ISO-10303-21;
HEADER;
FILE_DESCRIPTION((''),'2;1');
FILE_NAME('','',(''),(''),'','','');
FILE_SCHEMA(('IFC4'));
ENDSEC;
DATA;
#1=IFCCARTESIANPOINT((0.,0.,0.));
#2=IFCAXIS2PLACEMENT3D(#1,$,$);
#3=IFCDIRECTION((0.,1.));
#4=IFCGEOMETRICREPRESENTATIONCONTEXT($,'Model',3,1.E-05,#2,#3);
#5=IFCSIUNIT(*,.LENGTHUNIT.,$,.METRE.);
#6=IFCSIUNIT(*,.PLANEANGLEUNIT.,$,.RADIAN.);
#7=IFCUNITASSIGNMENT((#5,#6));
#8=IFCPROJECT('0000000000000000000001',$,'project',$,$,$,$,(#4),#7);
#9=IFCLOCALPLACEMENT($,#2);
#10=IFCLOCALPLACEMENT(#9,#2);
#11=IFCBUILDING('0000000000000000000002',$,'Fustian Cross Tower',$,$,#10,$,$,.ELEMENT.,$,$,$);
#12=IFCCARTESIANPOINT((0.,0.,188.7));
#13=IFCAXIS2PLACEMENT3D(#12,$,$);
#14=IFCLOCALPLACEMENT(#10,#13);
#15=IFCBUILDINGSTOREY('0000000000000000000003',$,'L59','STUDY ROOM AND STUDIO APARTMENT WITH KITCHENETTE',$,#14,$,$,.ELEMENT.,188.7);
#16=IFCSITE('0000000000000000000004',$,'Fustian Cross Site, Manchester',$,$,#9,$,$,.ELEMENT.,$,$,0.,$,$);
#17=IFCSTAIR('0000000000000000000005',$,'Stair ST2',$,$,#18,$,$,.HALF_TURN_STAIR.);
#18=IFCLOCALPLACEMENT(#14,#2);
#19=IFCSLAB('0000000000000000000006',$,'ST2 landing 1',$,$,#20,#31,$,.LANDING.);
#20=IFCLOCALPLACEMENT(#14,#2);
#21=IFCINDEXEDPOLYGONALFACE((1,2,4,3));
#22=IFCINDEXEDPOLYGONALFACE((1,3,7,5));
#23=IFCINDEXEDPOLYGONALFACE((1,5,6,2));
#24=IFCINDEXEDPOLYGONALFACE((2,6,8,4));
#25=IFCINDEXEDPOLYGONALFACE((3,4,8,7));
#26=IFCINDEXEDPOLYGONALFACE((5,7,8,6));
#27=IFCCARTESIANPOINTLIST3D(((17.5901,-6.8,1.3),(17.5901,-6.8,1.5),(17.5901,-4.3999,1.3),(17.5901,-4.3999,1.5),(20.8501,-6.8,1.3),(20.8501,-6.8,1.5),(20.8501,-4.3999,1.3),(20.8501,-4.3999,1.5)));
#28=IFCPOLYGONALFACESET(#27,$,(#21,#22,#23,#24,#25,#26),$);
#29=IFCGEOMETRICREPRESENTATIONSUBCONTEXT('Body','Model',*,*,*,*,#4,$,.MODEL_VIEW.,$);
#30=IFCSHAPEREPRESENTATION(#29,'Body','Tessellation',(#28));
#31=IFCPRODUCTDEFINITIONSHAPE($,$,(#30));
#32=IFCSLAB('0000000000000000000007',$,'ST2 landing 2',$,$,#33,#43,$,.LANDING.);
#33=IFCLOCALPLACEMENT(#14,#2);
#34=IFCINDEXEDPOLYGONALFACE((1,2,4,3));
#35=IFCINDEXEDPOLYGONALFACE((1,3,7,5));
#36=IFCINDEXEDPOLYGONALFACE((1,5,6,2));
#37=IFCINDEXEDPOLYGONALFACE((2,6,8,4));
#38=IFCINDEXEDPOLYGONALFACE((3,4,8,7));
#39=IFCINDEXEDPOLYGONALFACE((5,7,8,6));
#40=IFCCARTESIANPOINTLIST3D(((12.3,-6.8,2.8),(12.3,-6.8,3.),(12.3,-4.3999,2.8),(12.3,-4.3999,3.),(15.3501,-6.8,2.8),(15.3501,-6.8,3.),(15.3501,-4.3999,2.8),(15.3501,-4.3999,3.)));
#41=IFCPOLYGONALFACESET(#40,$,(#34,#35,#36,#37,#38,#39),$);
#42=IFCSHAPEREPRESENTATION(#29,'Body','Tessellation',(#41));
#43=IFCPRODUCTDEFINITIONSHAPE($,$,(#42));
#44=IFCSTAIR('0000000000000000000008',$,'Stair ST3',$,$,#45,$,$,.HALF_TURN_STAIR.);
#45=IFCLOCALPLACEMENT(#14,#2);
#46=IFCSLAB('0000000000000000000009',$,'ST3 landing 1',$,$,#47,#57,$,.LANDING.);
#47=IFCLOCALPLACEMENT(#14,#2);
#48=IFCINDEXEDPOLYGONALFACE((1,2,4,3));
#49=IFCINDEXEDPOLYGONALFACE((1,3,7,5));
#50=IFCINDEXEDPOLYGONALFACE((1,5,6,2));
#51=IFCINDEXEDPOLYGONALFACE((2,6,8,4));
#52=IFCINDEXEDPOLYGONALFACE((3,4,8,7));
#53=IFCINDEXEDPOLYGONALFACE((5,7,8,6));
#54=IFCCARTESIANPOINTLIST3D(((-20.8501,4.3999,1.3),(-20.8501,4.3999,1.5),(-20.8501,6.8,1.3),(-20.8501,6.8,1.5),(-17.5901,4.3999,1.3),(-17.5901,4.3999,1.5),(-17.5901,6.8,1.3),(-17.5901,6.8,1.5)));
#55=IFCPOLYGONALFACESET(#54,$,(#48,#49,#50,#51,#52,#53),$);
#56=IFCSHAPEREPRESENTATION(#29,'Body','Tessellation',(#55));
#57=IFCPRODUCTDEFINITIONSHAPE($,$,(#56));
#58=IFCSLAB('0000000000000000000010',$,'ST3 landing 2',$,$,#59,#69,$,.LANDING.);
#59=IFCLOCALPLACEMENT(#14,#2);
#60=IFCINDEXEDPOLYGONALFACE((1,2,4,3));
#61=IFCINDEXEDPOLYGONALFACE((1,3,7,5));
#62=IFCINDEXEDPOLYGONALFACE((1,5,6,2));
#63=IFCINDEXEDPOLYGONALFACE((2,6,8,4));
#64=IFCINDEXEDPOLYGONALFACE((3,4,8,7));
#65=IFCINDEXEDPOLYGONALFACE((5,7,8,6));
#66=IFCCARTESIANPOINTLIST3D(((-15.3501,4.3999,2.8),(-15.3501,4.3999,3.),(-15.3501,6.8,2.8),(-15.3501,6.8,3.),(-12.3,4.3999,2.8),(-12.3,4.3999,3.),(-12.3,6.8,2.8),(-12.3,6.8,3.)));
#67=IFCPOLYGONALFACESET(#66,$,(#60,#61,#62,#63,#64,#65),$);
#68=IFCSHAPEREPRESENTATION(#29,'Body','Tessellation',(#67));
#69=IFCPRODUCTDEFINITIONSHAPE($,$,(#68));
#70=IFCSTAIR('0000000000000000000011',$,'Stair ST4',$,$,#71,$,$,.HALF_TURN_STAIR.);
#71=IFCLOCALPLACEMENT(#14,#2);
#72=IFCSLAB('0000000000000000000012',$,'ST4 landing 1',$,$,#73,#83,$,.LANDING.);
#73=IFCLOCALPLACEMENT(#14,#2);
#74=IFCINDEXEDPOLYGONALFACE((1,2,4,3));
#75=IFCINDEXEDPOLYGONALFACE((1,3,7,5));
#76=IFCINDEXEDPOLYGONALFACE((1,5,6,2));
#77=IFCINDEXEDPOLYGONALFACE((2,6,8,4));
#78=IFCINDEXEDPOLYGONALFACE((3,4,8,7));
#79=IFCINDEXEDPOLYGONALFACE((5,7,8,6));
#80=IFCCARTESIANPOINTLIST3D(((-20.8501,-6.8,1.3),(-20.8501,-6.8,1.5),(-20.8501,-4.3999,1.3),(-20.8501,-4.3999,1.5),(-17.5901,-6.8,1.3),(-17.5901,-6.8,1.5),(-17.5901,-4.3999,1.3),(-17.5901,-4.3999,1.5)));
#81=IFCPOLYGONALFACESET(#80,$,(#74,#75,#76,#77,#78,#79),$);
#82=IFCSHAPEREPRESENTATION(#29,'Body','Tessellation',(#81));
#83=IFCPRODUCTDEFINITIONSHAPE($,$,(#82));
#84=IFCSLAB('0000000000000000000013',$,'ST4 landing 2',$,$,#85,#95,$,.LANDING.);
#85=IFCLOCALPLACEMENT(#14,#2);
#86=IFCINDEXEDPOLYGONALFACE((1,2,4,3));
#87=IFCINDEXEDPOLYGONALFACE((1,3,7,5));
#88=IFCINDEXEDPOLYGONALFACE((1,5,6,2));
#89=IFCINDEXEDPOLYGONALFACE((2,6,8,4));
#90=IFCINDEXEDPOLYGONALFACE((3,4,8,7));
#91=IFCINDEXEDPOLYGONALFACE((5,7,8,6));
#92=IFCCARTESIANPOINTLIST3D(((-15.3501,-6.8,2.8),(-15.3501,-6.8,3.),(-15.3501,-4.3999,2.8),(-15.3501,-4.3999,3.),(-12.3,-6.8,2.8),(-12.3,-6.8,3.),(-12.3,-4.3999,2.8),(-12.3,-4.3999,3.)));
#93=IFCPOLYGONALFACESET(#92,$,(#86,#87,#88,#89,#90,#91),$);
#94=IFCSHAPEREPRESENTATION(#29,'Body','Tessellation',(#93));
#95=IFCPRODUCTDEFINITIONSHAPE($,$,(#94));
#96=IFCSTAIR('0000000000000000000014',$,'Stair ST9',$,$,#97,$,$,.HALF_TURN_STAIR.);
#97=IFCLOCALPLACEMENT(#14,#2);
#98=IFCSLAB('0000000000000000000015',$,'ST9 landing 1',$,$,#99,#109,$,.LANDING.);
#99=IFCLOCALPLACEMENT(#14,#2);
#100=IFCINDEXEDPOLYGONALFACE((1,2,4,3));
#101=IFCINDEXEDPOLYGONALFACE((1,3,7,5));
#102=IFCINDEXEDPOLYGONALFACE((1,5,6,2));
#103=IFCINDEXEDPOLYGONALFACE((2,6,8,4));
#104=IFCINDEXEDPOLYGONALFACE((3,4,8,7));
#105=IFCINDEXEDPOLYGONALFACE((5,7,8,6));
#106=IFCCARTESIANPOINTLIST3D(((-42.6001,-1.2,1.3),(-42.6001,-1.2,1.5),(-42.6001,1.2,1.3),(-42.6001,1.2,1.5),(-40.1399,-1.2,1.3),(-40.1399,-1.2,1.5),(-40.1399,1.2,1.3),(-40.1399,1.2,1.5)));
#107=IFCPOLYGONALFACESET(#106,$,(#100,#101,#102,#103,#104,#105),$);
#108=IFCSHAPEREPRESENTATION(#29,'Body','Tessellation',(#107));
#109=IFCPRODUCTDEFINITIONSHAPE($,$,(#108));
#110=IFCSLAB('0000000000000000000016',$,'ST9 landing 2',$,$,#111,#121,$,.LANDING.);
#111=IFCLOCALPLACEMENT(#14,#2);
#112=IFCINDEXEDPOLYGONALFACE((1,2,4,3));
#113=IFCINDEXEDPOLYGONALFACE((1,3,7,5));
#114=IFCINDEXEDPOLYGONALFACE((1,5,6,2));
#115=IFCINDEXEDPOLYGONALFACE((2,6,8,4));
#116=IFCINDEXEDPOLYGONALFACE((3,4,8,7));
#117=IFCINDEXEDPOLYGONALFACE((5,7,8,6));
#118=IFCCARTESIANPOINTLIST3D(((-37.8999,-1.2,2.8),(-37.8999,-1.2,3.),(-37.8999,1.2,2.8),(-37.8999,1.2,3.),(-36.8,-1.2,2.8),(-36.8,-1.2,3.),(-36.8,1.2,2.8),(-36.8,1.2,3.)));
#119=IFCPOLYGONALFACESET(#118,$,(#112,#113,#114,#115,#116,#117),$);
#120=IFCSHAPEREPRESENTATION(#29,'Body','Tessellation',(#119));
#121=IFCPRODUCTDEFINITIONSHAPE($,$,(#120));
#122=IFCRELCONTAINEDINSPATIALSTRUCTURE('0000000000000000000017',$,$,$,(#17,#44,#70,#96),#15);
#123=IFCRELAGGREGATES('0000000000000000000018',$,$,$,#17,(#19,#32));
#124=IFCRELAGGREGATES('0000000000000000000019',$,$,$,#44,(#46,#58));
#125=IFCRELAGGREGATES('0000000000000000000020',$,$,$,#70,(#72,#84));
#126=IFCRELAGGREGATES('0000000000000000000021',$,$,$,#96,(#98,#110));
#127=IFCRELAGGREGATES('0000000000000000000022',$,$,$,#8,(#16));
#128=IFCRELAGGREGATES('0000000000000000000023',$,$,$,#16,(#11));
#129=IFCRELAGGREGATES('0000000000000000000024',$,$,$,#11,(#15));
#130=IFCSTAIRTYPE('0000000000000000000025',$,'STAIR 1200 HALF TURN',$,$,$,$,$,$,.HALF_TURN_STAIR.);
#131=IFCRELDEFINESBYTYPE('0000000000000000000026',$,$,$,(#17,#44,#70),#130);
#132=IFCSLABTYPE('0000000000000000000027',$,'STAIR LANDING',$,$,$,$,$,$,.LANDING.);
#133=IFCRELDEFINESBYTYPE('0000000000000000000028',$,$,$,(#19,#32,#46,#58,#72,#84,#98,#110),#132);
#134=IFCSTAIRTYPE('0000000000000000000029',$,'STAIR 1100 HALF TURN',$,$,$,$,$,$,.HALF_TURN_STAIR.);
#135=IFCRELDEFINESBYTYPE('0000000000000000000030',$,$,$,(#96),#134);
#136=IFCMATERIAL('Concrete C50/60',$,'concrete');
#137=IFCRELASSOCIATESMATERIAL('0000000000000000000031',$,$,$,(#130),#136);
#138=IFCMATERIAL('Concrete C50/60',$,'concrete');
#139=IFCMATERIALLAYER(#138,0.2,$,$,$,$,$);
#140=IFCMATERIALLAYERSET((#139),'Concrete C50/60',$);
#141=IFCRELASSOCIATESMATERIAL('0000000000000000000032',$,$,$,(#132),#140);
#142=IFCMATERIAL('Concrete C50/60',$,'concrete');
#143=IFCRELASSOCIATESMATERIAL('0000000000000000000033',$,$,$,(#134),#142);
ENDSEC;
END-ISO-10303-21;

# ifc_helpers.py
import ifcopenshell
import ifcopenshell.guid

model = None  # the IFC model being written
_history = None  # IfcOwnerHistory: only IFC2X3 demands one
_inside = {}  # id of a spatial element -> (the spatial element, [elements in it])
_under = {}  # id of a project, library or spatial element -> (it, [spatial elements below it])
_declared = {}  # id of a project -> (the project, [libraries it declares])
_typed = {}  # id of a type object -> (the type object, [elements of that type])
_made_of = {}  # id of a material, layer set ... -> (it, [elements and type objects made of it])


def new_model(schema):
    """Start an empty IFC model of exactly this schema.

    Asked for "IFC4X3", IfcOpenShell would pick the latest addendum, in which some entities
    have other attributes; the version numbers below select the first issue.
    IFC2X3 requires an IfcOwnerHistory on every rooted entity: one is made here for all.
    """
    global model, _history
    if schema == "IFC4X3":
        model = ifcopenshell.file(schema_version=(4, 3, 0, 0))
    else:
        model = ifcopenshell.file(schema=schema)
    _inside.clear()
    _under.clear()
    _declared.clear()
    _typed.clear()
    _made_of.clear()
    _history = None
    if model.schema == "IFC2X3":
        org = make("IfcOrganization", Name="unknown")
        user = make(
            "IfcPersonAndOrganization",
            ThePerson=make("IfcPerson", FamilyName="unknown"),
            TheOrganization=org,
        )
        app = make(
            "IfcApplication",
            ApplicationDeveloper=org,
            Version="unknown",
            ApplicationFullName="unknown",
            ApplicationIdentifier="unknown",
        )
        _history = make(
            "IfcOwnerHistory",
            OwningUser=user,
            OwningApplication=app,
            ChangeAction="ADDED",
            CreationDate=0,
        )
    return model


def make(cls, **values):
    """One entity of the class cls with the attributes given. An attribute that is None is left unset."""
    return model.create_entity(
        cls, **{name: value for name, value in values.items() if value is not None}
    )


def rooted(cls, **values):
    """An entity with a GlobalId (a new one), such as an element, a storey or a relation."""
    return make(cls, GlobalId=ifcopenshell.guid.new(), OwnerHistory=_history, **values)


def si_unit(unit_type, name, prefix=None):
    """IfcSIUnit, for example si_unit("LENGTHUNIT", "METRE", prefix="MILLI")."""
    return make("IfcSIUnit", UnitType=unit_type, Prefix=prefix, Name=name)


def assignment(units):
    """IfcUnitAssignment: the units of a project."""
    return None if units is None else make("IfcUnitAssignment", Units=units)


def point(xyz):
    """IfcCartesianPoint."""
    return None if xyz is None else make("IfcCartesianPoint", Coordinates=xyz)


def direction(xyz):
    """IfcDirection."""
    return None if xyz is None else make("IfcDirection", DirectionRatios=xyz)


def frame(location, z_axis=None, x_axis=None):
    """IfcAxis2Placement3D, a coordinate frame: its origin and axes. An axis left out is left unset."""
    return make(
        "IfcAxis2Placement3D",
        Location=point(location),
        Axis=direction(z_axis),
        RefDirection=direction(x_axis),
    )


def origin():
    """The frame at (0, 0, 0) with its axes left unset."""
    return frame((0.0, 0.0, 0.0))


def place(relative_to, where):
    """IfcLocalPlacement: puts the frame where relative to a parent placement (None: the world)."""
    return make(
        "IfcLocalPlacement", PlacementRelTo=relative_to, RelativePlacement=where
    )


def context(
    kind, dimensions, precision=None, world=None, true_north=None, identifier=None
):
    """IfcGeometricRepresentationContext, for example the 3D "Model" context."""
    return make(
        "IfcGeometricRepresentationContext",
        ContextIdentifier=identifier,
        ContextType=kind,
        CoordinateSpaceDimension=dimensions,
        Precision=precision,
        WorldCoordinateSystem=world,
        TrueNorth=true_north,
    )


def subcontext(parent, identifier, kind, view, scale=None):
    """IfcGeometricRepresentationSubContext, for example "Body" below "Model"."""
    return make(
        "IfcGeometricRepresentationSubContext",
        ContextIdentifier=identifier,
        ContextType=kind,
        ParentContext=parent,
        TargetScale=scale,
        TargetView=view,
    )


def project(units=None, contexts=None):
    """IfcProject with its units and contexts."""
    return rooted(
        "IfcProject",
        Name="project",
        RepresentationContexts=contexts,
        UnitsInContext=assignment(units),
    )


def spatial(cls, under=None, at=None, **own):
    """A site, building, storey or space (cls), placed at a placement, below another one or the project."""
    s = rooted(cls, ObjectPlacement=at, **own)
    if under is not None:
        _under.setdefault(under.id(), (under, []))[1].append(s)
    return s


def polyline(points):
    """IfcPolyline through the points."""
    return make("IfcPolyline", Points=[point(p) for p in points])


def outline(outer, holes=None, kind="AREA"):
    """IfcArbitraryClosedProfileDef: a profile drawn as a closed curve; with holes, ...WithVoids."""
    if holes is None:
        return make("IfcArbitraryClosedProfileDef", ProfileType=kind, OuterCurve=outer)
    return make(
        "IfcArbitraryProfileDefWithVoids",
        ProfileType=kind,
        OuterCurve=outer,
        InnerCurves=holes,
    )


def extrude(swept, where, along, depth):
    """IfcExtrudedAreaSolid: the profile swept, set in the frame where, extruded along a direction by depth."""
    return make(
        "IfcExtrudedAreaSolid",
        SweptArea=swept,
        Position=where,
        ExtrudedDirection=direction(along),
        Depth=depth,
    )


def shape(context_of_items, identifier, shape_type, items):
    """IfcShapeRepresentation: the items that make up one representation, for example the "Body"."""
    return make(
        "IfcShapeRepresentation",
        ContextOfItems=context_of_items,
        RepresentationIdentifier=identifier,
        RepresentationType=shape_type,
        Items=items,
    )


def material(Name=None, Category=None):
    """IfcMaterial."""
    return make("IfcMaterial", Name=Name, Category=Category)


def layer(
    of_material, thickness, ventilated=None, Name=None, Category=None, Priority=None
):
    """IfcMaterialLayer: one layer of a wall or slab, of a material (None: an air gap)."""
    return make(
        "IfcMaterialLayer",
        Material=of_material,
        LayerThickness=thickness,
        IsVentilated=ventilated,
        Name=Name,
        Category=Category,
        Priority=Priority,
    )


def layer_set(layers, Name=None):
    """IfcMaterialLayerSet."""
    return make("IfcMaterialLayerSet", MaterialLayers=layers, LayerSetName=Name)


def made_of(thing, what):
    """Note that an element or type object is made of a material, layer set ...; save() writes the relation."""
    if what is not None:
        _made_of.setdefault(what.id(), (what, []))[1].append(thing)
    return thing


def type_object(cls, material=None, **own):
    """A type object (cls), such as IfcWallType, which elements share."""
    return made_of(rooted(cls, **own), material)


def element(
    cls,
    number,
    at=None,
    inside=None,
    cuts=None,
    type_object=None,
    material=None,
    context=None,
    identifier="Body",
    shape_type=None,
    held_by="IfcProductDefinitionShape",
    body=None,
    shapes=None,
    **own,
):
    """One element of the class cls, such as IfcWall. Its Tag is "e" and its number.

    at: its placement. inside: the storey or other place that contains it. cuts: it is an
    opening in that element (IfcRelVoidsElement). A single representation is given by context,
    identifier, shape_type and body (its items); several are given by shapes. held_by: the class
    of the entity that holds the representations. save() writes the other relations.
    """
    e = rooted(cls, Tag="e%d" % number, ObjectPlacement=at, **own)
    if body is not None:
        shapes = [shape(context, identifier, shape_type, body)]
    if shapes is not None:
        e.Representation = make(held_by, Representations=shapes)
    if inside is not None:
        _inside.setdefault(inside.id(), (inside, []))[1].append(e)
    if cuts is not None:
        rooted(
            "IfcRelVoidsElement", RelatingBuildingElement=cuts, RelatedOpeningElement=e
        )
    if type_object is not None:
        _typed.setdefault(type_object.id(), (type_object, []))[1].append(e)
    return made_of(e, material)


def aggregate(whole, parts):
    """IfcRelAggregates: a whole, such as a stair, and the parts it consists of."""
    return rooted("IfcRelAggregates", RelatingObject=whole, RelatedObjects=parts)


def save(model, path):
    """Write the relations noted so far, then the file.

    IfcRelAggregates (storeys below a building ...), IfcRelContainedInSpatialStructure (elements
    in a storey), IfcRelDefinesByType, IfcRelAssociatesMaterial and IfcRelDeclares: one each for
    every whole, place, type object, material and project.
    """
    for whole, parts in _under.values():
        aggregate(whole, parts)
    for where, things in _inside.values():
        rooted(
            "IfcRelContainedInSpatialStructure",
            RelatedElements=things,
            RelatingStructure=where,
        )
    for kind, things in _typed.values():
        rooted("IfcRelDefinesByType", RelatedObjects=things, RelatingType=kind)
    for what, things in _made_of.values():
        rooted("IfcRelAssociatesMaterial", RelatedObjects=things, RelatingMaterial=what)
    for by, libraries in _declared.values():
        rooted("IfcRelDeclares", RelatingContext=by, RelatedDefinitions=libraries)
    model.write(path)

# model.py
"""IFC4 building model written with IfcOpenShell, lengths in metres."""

from ifc_helpers import new_model, si_unit, direction, frame, origin, place, context, subcontext, project, spatial, polyline, outline, extrude, material, layer, layer_set, type_object, element, aggregate, save


model = new_model("IFC4")

# Units and contexts
model_context = context("Model", 3, precision=1e-05, world=origin(), true_north=direction((0.0, 1.0)))
body_context = subcontext(model_context, "Body", "Model", "MODEL_VIEW")
ifc_project = project(units=[si_unit("LENGTHUNIT", "METRE"), si_unit("PLANEANGLEUNIT", "RADIAN")], contexts=[model_context])

# Site, building, storey
site_placement = place(None, origin())
site = spatial("IfcSite", under=ifc_project, at=site_placement, Name="Fustian Cross Site, Manchester", CompositionType="ELEMENT", RefElevation=0.0)
building_placement = place(site_placement, origin())
building = spatial("IfcBuilding", under=site, at=building_placement, Name="Fustian Cross Tower", CompositionType="ELEMENT")
storey_placement = place(building_placement, frame((0.0, 0.0, 188.7)))
storey = spatial("IfcBuildingStorey", under=building, at=storey_placement, Name="L59", Description="STUDY ROOM AND STUDIO APARTMENT WITH KITCHENETTE", CompositionType="ELEMENT", Elevation=188.7)

# Stairs, slabs
ifc_material_1 = material(Name="Concrete C50/60", Category="concrete")
stair_type_1 = type_object("IfcStairType", Name="STAIR 1200 HALF TURN", PredefinedType="HALF_TURN_STAIR", material=ifc_material_1)
stair_1_placement = place(storey_placement, origin())
stair_1 = element("IfcStair", 1, at=stair_1_placement, inside=storey, type_object=stair_type_1, Name="Stair ST2", PredefinedType="HALF_TURN_STAIR")
ifc_material_2 = material(Name="Concrete C50/60", Category="concrete")
ifc_layer_1 = layer(ifc_material_2, 0.2)
ifc_layer_set_1 = layer_set([ifc_layer_1], Name="Concrete C50/60")
slab_type = type_object("IfcSlabType", Name="STAIR LANDING", PredefinedType="LANDING", material=ifc_layer_set_1)
slab_1_placement = place(storey_placement, frame((0.0, 0.0, 1.3)))
slab_1 = element("IfcSlab", 2, at=slab_1_placement, type_object=slab_type, Name="ST2 landing 1", PredefinedType="LANDING", context=body_context, shape_type="SweptSolid", body=[
    extrude(outline(polyline([(17.5901, -4.3999), (20.8501, -4.3999), (20.8501, -6.8), (17.5901, -6.8), (17.5901, -4.3999)])), origin(), (0.0, 0.0, 1.0), 0.2),
])
slab_2_placement = place(storey_placement, frame((0.0, 0.0, 2.8)))
slab_2 = element("IfcSlab", 3, at=slab_2_placement, type_object=slab_type, Name="ST2 landing 2", PredefinedType="LANDING", context=body_context, shape_type="SweptSolid", body=[
    extrude(outline(polyline([(12.3, -4.3999), (15.3501, -4.3999), (15.3501, -6.8), (12.3, -6.8), (12.3, -4.3999)])), origin(), (0.0, 0.0, 1.0), 0.2),
])
aggregate(stair_1, [slab_1, slab_2])
stair_2_placement = place(storey_placement, origin())
stair_2 = element("IfcStair", 4, at=stair_2_placement, inside=storey, type_object=stair_type_1, Name="Stair ST3", PredefinedType="HALF_TURN_STAIR")
slab_3_placement = place(storey_placement, frame((0.0, 0.0, 1.3)))
slab_3 = element("IfcSlab", 5, at=slab_3_placement, type_object=slab_type, Name="ST3 landing 1", PredefinedType="LANDING", context=body_context, shape_type="SweptSolid", body=[
    extrude(outline(polyline([(-17.5901, 4.3999), (-20.8501, 4.3999), (-20.8501, 6.8), (-17.5901, 6.8), (-17.5901, 4.3999)])), origin(), (0.0, 0.0, 1.0), 0.2),
])
slab_4_placement = place(storey_placement, frame((0.0, 0.0, 2.8)))
slab_4 = element("IfcSlab", 6, at=slab_4_placement, type_object=slab_type, Name="ST3 landing 2", PredefinedType="LANDING", context=body_context, shape_type="SweptSolid", body=[
    extrude(outline(polyline([(-12.3, 4.3999), (-15.3501, 4.3999), (-15.3501, 6.8), (-12.3, 6.8), (-12.3, 4.3999)])), origin(), (0.0, 0.0, 1.0), 0.2),
])
aggregate(stair_2, [slab_3, slab_4])
stair_3_placement = place(storey_placement, origin())
stair_3 = element("IfcStair", 7, at=stair_3_placement, inside=storey, type_object=stair_type_1, Name="Stair ST4", PredefinedType="HALF_TURN_STAIR")
slab_5_placement = place(storey_placement, frame((0.0, 0.0, 1.3)))
slab_5 = element("IfcSlab", 8, at=slab_5_placement, type_object=slab_type, Name="ST4 landing 1", PredefinedType="LANDING", context=body_context, shape_type="SweptSolid", body=[
    extrude(outline(polyline([(-17.5901, -4.3999), (-20.8501, -4.3999), (-20.8501, -6.8), (-17.5901, -6.8), (-17.5901, -4.3999)])), origin(), (0.0, 0.0, 1.0), 0.2),
])
slab_6_placement = place(storey_placement, frame((0.0, 0.0, 2.8)))
slab_6 = element("IfcSlab", 9, at=slab_6_placement, type_object=slab_type, Name="ST4 landing 2", PredefinedType="LANDING", context=body_context, shape_type="SweptSolid", body=[
    extrude(outline(polyline([(-12.3, -4.3999), (-15.3501, -4.3999), (-15.3501, -6.8), (-12.3, -6.8), (-12.3, -4.3999)])), origin(), (0.0, 0.0, 1.0), 0.2),
])
aggregate(stair_3, [slab_5, slab_6])
ifc_material_3 = material(Name="Concrete C50/60", Category="concrete")
stair_type_2 = type_object("IfcStairType", Name="STAIR 1100 HALF TURN", PredefinedType="HALF_TURN_STAIR", material=ifc_material_3)
stair_4_placement = place(storey_placement, origin())
stair_4 = element("IfcStair", 10, at=stair_4_placement, inside=storey, type_object=stair_type_2, Name="Stair ST9", PredefinedType="HALF_TURN_STAIR")
slab_7_placement = place(storey_placement, frame((0.0, 0.0, 1.3)))
slab_7 = element("IfcSlab", 11, at=slab_7_placement, type_object=slab_type, Name="ST9 landing 1", PredefinedType="LANDING", context=body_context, shape_type="SweptSolid", body=[
    extrude(outline(polyline([(-40.1399, -1.2), (-42.6001, -1.2), (-42.6001, 1.2), (-40.1399, 1.2), (-40.1399, -1.2)])), origin(), (0.0, 0.0, 1.0), 0.2),
])
slab_8_placement = place(storey_placement, frame((0.0, 0.0, 2.8)))
slab_8 = element("IfcSlab", 12, at=slab_8_placement, type_object=slab_type, Name="ST9 landing 2", PredefinedType="LANDING", context=body_context, shape_type="SweptSolid", body=[
    extrude(outline(polyline([(-36.8, -1.2), (-37.8999, -1.2), (-37.8999, 1.2), (-36.8, 1.2), (-36.8, -1.2)])), origin(), (0.0, 0.0, 1.0), 0.2),
])
aggregate(stair_4, [slab_7, slab_8])

save(model, "model.ifc")
